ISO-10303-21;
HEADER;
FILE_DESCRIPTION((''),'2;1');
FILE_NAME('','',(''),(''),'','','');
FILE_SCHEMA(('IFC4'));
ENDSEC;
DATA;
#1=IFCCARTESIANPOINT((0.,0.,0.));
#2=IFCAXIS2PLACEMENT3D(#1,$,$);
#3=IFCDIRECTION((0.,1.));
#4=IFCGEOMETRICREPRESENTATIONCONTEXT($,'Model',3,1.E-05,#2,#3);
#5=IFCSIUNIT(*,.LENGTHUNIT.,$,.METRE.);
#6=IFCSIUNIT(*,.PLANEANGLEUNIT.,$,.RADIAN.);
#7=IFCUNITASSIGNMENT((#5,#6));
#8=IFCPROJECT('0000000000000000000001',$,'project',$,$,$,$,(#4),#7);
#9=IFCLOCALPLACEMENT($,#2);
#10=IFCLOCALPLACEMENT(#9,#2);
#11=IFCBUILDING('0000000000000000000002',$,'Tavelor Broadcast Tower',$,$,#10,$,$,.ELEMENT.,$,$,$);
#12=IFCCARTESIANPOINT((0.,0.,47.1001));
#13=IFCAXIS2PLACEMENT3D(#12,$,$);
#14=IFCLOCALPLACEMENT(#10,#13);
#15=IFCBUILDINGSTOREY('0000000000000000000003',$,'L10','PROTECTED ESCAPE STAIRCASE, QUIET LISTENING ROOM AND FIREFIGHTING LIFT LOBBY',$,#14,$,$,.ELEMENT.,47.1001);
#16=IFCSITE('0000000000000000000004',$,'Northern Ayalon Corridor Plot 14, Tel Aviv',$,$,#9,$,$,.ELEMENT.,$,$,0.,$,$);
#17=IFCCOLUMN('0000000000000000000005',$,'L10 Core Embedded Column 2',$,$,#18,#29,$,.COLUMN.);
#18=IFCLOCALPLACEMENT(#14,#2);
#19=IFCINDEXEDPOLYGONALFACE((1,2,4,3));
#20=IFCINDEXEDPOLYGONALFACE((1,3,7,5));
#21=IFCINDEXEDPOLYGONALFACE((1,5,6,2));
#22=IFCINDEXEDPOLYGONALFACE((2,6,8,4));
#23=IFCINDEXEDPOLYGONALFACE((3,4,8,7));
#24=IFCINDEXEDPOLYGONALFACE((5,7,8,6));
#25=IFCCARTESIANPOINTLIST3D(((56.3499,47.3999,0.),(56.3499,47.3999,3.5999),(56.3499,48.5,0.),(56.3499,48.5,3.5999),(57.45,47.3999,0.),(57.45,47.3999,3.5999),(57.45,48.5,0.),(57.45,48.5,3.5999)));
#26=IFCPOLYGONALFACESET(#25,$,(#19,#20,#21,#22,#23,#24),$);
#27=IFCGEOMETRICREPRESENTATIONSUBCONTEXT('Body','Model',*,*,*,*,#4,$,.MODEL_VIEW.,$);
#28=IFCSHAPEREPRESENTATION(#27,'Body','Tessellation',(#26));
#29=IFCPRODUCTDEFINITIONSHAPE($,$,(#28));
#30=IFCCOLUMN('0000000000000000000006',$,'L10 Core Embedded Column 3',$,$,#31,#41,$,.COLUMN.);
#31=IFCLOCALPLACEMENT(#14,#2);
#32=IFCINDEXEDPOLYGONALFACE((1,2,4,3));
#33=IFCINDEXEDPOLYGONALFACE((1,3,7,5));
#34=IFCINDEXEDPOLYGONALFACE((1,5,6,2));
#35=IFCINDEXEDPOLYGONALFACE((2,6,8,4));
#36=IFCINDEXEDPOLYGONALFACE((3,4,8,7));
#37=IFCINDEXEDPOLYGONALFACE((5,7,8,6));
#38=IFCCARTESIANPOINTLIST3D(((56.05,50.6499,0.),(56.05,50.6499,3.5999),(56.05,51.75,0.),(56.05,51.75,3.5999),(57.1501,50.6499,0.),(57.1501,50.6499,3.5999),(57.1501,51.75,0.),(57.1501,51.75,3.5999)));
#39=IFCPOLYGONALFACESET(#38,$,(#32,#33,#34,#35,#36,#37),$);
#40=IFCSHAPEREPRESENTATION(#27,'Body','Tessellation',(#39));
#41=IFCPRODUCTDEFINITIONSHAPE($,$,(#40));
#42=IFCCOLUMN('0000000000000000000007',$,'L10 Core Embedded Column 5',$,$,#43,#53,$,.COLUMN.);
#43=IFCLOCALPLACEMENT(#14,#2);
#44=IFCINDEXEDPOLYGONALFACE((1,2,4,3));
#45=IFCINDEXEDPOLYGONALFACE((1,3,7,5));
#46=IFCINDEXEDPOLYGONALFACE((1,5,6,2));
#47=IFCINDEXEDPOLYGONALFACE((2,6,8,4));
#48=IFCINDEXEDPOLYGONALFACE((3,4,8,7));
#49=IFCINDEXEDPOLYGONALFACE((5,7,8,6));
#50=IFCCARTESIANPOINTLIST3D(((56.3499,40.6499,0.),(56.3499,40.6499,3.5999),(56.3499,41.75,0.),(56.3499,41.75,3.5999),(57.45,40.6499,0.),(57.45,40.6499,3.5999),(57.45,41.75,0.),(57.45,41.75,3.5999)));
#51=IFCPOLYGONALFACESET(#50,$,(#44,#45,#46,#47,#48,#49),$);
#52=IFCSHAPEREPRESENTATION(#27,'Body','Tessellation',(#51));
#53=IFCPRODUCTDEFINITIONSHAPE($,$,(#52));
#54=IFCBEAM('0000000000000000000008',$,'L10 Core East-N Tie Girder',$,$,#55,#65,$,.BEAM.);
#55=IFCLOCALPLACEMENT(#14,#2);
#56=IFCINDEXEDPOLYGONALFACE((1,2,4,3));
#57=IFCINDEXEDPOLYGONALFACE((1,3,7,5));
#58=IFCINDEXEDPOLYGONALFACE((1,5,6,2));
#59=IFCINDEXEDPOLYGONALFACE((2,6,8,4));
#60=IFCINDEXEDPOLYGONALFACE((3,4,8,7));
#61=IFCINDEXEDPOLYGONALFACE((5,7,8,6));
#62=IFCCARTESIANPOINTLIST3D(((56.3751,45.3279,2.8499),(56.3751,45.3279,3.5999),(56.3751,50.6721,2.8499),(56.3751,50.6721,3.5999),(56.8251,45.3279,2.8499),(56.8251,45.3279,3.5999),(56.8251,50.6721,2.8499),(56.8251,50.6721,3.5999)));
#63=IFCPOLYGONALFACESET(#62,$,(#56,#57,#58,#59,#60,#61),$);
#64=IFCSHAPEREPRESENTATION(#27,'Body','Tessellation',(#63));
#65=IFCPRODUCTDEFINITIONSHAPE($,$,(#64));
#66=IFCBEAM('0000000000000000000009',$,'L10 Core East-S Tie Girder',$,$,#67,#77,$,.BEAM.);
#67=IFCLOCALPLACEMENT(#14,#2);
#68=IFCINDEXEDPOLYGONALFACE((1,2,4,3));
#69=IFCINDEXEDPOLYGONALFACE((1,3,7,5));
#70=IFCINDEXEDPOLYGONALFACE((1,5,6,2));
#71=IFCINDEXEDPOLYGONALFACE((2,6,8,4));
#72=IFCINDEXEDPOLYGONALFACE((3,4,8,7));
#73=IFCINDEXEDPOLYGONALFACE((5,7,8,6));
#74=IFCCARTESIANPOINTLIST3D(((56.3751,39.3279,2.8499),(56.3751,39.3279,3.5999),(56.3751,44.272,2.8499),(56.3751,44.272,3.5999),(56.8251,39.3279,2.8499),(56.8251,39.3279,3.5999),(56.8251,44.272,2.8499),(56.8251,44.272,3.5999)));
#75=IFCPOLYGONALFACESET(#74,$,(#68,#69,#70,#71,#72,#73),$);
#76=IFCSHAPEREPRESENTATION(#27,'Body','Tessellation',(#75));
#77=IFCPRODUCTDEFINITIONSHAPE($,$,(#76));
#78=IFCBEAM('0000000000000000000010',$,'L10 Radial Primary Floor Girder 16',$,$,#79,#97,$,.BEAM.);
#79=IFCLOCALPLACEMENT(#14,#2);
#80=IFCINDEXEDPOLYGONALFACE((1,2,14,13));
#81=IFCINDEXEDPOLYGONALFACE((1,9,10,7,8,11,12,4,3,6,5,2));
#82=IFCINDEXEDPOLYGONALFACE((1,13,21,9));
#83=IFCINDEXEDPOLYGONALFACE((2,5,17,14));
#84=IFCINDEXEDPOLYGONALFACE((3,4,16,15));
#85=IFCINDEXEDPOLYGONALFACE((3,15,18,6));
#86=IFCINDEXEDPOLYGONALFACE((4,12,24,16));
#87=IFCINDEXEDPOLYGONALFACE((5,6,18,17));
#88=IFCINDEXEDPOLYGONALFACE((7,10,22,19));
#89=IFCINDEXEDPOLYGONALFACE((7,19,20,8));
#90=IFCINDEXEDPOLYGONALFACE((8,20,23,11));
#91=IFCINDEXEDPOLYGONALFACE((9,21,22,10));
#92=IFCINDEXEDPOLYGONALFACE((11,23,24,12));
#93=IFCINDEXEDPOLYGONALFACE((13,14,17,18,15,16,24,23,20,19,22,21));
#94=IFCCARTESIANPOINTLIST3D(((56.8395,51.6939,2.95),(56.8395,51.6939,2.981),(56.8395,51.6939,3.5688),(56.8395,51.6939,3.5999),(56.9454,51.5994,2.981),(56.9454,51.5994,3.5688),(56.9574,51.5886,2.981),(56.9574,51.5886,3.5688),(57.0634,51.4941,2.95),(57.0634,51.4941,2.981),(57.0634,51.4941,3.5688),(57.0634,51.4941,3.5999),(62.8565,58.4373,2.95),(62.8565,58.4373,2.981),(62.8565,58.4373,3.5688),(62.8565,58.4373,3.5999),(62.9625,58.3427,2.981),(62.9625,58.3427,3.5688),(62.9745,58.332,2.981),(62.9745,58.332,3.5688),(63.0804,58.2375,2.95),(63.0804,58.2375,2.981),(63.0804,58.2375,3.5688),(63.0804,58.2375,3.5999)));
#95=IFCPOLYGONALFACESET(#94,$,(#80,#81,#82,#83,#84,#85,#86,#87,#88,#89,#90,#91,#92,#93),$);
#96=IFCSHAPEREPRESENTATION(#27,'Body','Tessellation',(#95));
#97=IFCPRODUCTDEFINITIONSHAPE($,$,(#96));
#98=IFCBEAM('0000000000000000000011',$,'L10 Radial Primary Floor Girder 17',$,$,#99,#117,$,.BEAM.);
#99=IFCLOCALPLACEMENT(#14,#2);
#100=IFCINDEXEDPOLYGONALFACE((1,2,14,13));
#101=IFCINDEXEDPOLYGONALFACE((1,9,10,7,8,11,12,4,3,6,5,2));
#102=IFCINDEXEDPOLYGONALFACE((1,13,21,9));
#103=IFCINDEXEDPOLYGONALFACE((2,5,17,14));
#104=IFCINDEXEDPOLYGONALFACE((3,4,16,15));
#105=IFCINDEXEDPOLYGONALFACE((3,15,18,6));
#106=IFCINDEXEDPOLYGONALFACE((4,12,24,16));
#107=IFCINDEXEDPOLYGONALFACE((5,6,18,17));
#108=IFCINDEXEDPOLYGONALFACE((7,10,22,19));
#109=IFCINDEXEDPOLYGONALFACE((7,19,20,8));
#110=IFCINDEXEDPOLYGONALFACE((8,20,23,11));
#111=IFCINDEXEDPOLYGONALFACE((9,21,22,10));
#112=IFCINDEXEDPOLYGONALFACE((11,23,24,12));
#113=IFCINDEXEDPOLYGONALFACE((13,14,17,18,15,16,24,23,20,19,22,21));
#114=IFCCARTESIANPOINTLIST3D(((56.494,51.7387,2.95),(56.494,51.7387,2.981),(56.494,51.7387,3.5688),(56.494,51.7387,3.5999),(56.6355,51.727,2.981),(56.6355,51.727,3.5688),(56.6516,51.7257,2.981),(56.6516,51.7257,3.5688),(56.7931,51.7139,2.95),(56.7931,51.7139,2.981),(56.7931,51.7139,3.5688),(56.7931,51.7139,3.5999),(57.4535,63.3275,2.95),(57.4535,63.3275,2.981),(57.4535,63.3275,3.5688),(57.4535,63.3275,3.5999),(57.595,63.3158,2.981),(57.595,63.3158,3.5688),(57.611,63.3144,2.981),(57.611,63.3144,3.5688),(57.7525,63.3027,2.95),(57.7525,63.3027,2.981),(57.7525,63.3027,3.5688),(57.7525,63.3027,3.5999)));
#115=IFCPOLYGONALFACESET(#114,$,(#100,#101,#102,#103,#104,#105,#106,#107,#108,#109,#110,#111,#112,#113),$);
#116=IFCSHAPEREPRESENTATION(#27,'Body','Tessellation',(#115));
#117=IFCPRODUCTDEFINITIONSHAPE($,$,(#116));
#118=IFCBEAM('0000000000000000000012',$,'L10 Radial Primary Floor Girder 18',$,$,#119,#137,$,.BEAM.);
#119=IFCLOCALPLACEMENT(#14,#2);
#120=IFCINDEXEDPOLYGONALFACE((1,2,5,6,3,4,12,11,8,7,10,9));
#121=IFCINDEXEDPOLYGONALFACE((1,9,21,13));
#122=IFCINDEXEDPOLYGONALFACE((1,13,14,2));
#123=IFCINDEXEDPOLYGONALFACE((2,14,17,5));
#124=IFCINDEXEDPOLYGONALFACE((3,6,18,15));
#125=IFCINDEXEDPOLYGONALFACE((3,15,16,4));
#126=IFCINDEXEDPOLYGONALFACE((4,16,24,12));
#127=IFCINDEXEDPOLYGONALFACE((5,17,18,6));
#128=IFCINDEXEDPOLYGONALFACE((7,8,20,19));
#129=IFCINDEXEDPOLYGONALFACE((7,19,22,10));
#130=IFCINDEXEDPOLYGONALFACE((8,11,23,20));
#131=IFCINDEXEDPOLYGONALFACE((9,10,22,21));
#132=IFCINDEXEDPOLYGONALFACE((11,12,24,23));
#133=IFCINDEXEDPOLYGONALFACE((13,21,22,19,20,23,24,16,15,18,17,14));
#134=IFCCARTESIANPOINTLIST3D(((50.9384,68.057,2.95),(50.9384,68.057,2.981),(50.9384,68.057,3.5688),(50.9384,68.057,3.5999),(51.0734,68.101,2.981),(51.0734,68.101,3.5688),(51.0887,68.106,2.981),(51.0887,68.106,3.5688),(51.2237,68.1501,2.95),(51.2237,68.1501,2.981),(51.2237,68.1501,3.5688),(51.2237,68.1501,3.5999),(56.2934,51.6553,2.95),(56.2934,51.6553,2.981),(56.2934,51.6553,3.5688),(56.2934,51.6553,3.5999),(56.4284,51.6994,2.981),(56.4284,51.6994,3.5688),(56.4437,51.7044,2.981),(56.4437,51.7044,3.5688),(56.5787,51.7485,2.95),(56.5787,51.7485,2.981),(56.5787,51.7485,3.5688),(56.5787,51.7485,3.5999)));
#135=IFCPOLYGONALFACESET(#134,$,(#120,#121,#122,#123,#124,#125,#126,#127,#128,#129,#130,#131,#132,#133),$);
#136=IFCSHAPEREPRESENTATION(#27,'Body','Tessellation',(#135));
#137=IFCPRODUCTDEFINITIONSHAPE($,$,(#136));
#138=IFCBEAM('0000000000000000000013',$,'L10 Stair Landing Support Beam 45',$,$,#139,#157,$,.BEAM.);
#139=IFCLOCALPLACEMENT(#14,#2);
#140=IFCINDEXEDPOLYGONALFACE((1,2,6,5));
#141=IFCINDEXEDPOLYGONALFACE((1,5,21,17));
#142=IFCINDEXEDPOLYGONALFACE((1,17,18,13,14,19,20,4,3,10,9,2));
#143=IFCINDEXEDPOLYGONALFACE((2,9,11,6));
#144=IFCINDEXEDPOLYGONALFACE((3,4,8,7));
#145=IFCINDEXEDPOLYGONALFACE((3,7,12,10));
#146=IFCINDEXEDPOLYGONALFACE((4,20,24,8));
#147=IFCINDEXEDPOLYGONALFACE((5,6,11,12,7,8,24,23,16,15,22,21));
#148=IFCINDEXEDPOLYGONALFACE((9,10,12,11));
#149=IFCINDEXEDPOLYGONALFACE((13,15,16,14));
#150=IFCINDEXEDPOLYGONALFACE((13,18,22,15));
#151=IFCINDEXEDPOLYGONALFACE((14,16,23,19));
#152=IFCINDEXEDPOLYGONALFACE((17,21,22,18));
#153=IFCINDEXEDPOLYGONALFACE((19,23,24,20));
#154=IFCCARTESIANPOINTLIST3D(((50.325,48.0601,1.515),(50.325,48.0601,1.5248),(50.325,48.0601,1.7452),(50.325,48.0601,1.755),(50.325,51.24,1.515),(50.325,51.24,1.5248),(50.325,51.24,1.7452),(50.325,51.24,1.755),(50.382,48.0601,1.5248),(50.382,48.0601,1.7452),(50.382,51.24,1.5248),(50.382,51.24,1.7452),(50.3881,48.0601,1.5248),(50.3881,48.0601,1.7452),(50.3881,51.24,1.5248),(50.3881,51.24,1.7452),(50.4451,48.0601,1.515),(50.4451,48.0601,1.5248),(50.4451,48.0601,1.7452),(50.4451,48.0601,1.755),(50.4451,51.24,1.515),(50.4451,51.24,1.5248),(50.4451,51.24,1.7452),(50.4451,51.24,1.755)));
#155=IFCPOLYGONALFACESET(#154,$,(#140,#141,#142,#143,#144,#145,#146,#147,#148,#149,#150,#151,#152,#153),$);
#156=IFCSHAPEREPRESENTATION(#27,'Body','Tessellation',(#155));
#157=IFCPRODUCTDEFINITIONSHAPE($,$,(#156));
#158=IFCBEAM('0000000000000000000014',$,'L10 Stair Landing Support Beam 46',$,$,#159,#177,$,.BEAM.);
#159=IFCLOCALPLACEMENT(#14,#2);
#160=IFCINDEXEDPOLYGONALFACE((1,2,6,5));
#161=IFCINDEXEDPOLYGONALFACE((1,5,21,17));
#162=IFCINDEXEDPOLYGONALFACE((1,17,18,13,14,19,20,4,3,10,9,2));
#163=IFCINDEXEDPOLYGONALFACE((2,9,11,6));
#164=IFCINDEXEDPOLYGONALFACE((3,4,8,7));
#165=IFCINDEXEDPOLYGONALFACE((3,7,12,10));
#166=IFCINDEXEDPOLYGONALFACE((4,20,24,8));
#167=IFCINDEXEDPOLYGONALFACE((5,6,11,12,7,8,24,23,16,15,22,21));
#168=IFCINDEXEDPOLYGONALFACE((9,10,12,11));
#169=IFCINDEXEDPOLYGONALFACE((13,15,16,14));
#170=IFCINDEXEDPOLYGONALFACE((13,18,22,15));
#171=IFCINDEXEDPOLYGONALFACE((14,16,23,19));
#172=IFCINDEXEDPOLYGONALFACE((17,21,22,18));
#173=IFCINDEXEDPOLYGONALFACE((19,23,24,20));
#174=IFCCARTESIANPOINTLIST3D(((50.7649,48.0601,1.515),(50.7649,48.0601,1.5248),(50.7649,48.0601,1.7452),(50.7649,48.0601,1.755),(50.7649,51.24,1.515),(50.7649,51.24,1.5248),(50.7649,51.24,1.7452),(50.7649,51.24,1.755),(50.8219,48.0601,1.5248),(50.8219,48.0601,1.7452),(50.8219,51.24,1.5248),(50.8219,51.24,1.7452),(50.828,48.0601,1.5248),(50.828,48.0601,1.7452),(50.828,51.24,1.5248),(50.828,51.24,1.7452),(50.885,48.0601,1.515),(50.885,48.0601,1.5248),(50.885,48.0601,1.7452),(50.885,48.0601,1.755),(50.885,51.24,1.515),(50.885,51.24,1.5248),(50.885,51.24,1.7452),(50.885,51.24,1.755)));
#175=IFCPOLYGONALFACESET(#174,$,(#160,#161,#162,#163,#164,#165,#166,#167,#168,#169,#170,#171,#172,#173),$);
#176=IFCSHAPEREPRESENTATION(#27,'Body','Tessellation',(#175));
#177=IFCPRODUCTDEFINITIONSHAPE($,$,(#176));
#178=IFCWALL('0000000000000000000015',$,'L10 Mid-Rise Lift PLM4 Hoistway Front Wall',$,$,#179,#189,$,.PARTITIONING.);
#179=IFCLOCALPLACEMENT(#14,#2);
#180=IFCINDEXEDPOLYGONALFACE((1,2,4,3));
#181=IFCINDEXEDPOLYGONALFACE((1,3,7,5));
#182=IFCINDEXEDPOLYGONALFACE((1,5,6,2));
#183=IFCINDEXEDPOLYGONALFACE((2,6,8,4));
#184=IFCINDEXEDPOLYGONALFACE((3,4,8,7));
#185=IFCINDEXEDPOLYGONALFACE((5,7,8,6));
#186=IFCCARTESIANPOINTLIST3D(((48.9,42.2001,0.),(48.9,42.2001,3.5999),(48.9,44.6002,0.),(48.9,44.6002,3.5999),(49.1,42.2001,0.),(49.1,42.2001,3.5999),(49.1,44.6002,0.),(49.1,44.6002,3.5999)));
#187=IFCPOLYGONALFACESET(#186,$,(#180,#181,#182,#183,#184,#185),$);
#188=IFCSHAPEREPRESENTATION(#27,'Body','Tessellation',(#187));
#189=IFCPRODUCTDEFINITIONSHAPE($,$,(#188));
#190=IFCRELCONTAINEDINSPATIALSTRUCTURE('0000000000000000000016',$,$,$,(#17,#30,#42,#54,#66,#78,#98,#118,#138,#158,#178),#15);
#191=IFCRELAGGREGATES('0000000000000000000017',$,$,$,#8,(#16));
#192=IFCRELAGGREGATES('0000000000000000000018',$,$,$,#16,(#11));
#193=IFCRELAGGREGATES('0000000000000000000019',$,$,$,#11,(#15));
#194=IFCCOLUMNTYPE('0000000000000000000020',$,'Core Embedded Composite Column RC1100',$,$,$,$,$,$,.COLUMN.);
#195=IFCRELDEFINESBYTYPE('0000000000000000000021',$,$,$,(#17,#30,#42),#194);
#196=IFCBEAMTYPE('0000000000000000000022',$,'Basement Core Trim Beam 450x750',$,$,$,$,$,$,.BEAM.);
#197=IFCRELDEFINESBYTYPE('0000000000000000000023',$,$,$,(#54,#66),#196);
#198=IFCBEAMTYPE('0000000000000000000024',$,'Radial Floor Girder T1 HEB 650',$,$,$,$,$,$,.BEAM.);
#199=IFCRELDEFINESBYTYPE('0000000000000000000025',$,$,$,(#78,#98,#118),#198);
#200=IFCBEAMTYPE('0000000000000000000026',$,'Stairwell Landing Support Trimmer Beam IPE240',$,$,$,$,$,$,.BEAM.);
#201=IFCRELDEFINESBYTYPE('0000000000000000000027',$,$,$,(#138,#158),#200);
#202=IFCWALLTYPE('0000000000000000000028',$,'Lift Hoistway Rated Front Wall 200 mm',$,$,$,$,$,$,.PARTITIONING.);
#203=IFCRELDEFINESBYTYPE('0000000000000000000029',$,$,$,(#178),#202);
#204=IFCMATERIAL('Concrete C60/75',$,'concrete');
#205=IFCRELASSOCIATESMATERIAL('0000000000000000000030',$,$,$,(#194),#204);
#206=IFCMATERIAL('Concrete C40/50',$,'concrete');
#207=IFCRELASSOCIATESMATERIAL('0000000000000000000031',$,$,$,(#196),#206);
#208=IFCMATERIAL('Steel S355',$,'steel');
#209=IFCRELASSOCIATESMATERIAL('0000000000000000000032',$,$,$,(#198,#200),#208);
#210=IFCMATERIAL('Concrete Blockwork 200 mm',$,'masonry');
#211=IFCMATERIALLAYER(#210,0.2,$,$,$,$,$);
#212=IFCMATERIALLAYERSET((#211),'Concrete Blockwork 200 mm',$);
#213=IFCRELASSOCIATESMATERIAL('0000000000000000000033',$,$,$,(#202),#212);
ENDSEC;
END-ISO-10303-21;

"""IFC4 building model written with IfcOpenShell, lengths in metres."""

from ifc_helpers import new_model, si_unit, direction, frame, frame_2d, origin, origin_2d, place, context, subcontext, project, spatial, rectangle, i_section, extrude, material, layer, layer_set, material_profile, profile_set, type_object, element, save


model = new_model("IFC4")

# Units and contexts
model_context = context("Model", 3, precision=1e-05, world=origin(), true_north=direction((0.0, 1.0)))
body_context = subcontext(model_context, "Body", "Model", "MODEL_VIEW")
ifc_project = project(units=[si_unit("LENGTHUNIT", "METRE"), si_unit("PLANEANGLEUNIT", "RADIAN")], contexts=[model_context])

# Site, building, storey
site_placement = place(None, origin())
site = spatial("IfcSite", under=ifc_project, at=site_placement, Name="Northern Ayalon Corridor Plot 14, Tel Aviv", CompositionType="ELEMENT", RefElevation=0.0)
building_placement = place(site_placement, origin())
building = spatial("IfcBuilding", under=site, at=building_placement, Name="Tavelor Broadcast Tower", CompositionType="ELEMENT")
storey_placement = place(building_placement, frame((0.0, 0.0, 47.1001)))
storey = spatial("IfcBuildingStorey", under=building, at=storey_placement, Name="L10", Description="PROTECTED ESCAPE STAIRCASE, QUIET LISTENING ROOM AND FIREFIGHTING LIFT LOBBY", CompositionType="ELEMENT", Elevation=47.1001)

# Columns
ifc_material_1 = material(Name="Concrete C60/75", Category="concrete")
ifc_material_profile_1 = material_profile(ifc_material_1, rectangle(XDim=1.1001, YDim=1.1001, at=origin_2d()), Name="RC 1100x1100")
ifc_profile_set_1 = profile_set([ifc_material_profile_1], Name="Concrete C60/75")
column_type = type_object("IfcColumnType", Name="Core Embedded Composite Column RC1100", PredefinedType="COLUMN", material=ifc_profile_set_1)
for number, where, z_axis, x_axis, name in (
    (1, (56.8999, 47.95, 0.0), (0.0, 0.0, 1.0), (1.0, 0.0, 0.0), "L10 Core Embedded Column 2"),
    (2, (56.6001, 51.2, 0.0), (0.0, 0.0, 1.0), (1.0, 0.0, 0.0), "L10 Core Embedded Column 3"),
    (3, (56.8999, 41.2, 0.0), (0.0, 0.0, 1.0), (1.0, 0.0, 0.0), "L10 Core Embedded Column 5"),
):
    element("IfcColumn", number, at=place(storey_placement, frame(where, z_axis=z_axis, x_axis=x_axis)), inside=storey, type_object=column_type, Name=name, PredefinedType="COLUMN", context=body_context, shape_type="SweptSolid", body=[
        extrude(rectangle(XDim=1.1001, YDim=1.1001, at=origin_2d()), origin(), (0.0, 0.0, 1.0), 3.5999),
    ])

# Beams
ifc_material_2 = material(Name="Concrete C40/50", Category="concrete")
ifc_material_profile_2 = material_profile(ifc_material_2, rectangle(XDim=0.45, YDim=0.75, at=origin_2d()), Name="RC 450x750")
ifc_profile_set_2 = profile_set([ifc_material_profile_2], Name="Concrete C40/50")
beam_type_1 = type_object("IfcBeamType", Name="Basement Core Trim Beam 450x750", PredefinedType="BEAM", material=ifc_profile_set_2)
beam_1_placement = place(storey_placement, frame((56.6001, 45.3279, 3.2249), z_axis=(0.0, 1.0, 0.0), x_axis=(-1.0, 0.0, 0.0)))
element("IfcBeam", 4, at=beam_1_placement, inside=storey, type_object=beam_type_1, Name="L10 Core East-N Tie Girder", PredefinedType="BEAM", context=body_context, shape_type="SweptSolid", body=[
    extrude(rectangle(XDim=0.45, YDim=0.75, at=origin_2d()), origin(), (0.0, 0.0, 1.0), 5.3442),
])
beam_2_placement = place(storey_placement, frame((56.6001, 39.3279, 3.2249), z_axis=(0.0, 1.0, 0.0), x_axis=(-1.0, 0.0, 0.0)))
element("IfcBeam", 5, at=beam_2_placement, inside=storey, type_object=beam_type_1, Name="L10 Core East-S Tie Girder", PredefinedType="BEAM", context=body_context, shape_type="SweptSolid", body=[
    extrude(rectangle(XDim=0.45, YDim=0.75, at=origin_2d()), origin(), (0.0, 0.0, 1.0), 4.9441),
])
ifc_material_3 = material(Name="Steel S355", Category="steel")
ifc_material_profile_3 = material_profile(ifc_material_3, i_section(OverallWidth=0.3, OverallDepth=0.6499, WebThickness=0.0161, FlangeThickness=0.031, at=origin_2d()), Name="HEB 650")
ifc_profile_set_3 = profile_set([ifc_material_profile_3], Name="Steel S355")
beam_type_2 = type_object("IfcBeamType", Name="Radial Floor Girder T1 HEB 650", PredefinedType="BEAM", material=ifc_profile_set_3)
beam_3_placement = place(storey_placement, frame((56.9514, 51.594, 3.2749), z_axis=(0.665781, 0.746147, 0.0), x_axis=(-0.746147, 0.665781, 0.0)))
element("IfcBeam", 6, at=beam_3_placement, inside=storey, type_object=beam_type_2, Name="L10 Radial Primary Floor Girder 16", PredefinedType="BEAM", context=body_context, shape_type="SweptSolid", body=[
    extrude(i_section(OverallWidth=0.3, OverallDepth=0.6499, WebThickness=0.0161, FlangeThickness=0.031, at=origin_2d()), origin(), (0.0, 0.0, 1.0), 9.0376),
])
beam_4_placement = place(storey_placement, frame((56.6436, 51.7263, 3.2749), z_axis=(0.08251, 0.99659, 0.0), x_axis=(-0.99659, 0.08251, 0.0)))
element("IfcBeam", 7, at=beam_4_placement, inside=storey, type_object=beam_type_2, Name="L10 Radial Primary Floor Girder 17", PredefinedType="BEAM", context=body_context, shape_type="SweptSolid", body=[
    extrude(i_section(OverallWidth=0.3, OverallDepth=0.6499, WebThickness=0.0161, FlangeThickness=0.031, at=origin_2d()), origin(), (0.0, 0.0, 1.0), 11.6284),
])
beam_5_placement = place(storey_placement, frame((56.436, 51.7019, 3.2749), z_axis=(-0.310368, 0.950617, 0.0), x_axis=(-0.950617, -0.310368, 0.0)))
element("IfcBeam", 8, at=beam_5_placement, inside=storey, type_object=beam_type_2, Name="L10 Radial Primary Floor Girder 18", PredefinedType="BEAM", context=body_context, shape_type="SweptSolid", body=[
    extrude(i_section(OverallWidth=0.3, OverallDepth=0.6499, WebThickness=0.0161, FlangeThickness=0.031, at=origin_2d()), origin(), (0.0, 0.0, 1.0), 17.2537),
])
ifc_material_profile_4 = material_profile(ifc_material_3, i_section(OverallWidth=0.1201, OverallDepth=0.24, WebThickness=0.0061, FlangeThickness=0.0098, at=origin_2d()), Name="IPE 240")
ifc_profile_set_4 = profile_set([ifc_material_profile_4], Name="Steel S355")
beam_type_3 = type_object("IfcBeamType", Name="Stairwell Landing Support Trimmer Beam IPE240", PredefinedType="BEAM", material=ifc_profile_set_4)
for number, where, z_axis, x_axis, name in (
    (9, (50.385, 48.0601, 1.635), (0.0, 1.0, 0.0), (-1.0, 0.0, 0.0), "L10 Stair Landing Support Beam 45"),
    (10, (50.825, 48.0601, 1.635), (0.0, 1.0, 0.0), (-1.0, 0.0, 0.0), "L10 Stair Landing Support Beam 46"),
):
    element("IfcBeam", number, at=place(storey_placement, frame(where, z_axis=z_axis, x_axis=x_axis)), inside=storey, type_object=beam_type_3, Name=name, PredefinedType="BEAM", context=body_context, shape_type="SweptSolid", body=[
        extrude(i_section(OverallWidth=0.1201, OverallDepth=0.24, WebThickness=0.0061, FlangeThickness=0.0098, at=origin_2d()), origin(), (0.0, 0.0, 1.0), 3.1799),
    ])

# Wall
ifc_material_4 = material(Name="Concrete Blockwork 200 mm", Category="masonry")
ifc_layer_1 = layer(ifc_material_4, 0.2)
ifc_layer_set_1 = layer_set([ifc_layer_1], Name="Concrete Blockwork 200 mm")
wall_type_1 = type_object("IfcWallType", Name="Lift Hoistway Rated Front Wall 200 mm", PredefinedType="PARTITIONING", material=ifc_layer_set_1)
wall_1_placement = place(storey_placement, frame((49.0, 42.2, 0.0), z_axis=(0.0, 0.0, 1.0), x_axis=(0.0, 1.0, 0.0)))
element("IfcWall", 11, at=wall_1_placement, inside=storey, type_object=wall_type_1, Name="L10 Mid-Rise Lift PLM4 Hoistway Front Wall", PredefinedType="PARTITIONING", context=body_context, shape_type="SweptSolid", body=[
    extrude(rectangle(XDim=2.4001, YDim=0.2, at=frame_2d((1.2002, 0.0))), origin(), (0.0, 0.0, 1.0), 3.5999),
])

save(model, "model.ifc")
